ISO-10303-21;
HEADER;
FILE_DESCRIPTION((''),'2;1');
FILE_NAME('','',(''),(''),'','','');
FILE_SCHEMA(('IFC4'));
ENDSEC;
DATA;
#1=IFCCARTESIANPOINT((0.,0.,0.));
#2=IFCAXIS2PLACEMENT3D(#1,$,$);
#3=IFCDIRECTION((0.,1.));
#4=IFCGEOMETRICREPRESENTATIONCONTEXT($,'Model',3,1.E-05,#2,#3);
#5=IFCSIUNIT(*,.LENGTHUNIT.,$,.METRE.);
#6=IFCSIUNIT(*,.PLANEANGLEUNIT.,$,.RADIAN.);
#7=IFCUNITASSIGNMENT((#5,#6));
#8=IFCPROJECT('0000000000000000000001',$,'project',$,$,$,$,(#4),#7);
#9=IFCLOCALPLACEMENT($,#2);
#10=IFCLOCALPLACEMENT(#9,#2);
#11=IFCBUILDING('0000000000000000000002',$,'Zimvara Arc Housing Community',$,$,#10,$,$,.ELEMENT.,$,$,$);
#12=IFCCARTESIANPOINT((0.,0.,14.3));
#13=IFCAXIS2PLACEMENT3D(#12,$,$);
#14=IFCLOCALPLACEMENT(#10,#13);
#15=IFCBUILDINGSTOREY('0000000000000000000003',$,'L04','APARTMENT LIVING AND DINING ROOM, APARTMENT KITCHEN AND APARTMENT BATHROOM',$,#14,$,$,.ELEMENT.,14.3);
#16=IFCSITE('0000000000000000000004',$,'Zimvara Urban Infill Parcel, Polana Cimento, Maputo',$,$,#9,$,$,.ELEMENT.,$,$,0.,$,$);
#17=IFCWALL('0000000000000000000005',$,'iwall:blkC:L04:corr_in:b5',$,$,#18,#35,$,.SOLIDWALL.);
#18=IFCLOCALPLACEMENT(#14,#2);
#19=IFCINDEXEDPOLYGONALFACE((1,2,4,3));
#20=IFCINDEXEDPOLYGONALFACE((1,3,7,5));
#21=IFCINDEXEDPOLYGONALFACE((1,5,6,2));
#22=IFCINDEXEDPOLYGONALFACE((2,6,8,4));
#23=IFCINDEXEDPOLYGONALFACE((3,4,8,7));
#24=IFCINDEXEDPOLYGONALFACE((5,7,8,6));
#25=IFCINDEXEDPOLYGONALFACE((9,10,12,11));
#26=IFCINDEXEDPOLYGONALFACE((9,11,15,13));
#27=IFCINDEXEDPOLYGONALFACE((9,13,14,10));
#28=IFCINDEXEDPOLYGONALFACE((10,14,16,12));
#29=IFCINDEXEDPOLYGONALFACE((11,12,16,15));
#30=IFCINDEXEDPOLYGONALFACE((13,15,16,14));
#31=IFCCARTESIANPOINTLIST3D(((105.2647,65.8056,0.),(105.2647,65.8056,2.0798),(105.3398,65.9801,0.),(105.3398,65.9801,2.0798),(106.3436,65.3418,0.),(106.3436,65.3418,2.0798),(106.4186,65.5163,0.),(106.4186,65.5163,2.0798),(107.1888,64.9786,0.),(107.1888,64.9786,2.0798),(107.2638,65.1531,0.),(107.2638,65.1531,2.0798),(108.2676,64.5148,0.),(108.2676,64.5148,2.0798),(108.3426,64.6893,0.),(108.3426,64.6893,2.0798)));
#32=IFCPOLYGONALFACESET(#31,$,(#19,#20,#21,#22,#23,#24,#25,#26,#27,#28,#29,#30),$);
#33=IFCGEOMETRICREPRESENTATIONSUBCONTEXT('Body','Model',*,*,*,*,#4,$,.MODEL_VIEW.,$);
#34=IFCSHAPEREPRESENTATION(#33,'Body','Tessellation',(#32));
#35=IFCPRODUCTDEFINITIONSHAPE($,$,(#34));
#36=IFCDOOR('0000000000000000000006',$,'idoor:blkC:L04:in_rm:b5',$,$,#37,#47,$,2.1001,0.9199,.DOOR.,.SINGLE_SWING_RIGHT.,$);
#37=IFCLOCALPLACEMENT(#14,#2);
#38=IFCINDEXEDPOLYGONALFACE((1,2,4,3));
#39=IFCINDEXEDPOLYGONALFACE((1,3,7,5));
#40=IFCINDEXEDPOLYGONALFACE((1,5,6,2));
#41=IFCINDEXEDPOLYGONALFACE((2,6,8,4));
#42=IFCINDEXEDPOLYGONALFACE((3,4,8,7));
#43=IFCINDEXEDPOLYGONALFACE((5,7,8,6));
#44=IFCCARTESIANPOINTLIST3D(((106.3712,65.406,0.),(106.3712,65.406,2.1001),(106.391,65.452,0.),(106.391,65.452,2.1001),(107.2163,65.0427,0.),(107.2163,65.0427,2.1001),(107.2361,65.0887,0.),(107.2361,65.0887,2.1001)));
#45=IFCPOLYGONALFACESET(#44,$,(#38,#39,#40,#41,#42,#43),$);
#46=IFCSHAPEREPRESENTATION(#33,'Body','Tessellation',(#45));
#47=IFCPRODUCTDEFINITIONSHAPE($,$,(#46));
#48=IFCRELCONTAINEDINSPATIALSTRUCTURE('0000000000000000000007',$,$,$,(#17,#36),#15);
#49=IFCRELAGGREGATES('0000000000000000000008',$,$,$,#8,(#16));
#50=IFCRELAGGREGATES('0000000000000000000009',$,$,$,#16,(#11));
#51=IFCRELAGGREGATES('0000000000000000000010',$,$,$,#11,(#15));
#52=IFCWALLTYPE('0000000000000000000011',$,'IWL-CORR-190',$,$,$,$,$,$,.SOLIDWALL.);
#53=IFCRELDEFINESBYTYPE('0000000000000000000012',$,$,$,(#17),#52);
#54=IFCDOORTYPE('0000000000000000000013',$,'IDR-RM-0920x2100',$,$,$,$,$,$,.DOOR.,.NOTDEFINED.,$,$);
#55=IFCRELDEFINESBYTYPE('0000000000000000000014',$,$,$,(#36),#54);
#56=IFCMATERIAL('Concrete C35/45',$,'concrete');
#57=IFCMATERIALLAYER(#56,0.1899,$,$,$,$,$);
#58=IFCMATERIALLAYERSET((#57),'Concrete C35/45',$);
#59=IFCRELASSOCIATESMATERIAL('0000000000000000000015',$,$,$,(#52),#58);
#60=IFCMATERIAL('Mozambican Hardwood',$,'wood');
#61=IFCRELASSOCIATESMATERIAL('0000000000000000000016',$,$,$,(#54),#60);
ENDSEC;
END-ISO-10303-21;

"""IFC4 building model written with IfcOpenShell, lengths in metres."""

from ifc_helpers import new_model, si_unit, direction, frame, frame_2d, origin, place, context, subcontext, project, spatial, rectangle, extrude, material, layer, layer_set, type_object, element, fill, save


model = new_model("IFC4")

# Units and contexts
model_context = context("Model", 3, precision=1e-05, world=origin(), true_north=direction((0.0, 1.0)))
body_context = subcontext(model_context, "Body", "Model", "MODEL_VIEW")
ifc_project = project(units=[si_unit("LENGTHUNIT", "METRE"), si_unit("PLANEANGLEUNIT", "RADIAN")], contexts=[model_context])

# Site, building, storey
site_placement = place(None, origin())
site = spatial("IfcSite", under=ifc_project, at=site_placement, Name="Zimvara Urban Infill Parcel, Polana Cimento, Maputo", CompositionType="ELEMENT", RefElevation=0.0)
building_placement = place(site_placement, origin())
building = spatial("IfcBuilding", under=site, at=building_placement, Name="Zimvara Arc Housing Community", CompositionType="ELEMENT")
storey_placement = place(building_placement, frame((0.0, 0.0, 14.3)))
storey = spatial("IfcBuildingStorey", under=building, at=storey_placement, Name="L04", Description="APARTMENT LIVING AND DINING ROOM, APARTMENT KITCHEN AND APARTMENT BATHROOM", CompositionType="ELEMENT", Elevation=14.3)

# Wall, opening, door
ifc_material_1 = material(Name="Concrete C35/45", Category="concrete")
ifc_layer_1 = layer(ifc_material_1, 0.1899)
ifc_layer_set_1 = layer_set([ifc_layer_1], Name="Concrete C35/45")
wall_type_1 = type_object("IfcWallType", Name="IWL-CORR-190", PredefinedType="SOLIDWALL", material=ifc_layer_set_1)
wall_1_placement = place(storey_placement, frame((105.3022, 65.8928, 0.0), z_axis=(0.0, 0.0, 1.0), x_axis=(0.918723, -0.394902, 0.0)))
wall_1 = element("IfcWall", 1, at=wall_1_placement, inside=storey, type_object=wall_type_1, Name="iwall:blkC:L04:corr_in:b5", PredefinedType="SOLIDWALL", context=body_context, shape_type="SweptSolid", body=[
    extrude(rectangle(XDim=3.2686, YDim=0.1899, at=frame_2d((1.6343, 0.0))), origin(), (0.0, 0.0, 1.0), 2.0798),
])
opening_1_placement = place(wall_1_placement, frame((1.1743, 0.0, 0.0)))
opening_1 = element("IfcOpeningElement", 2, at=opening_1_placement, cuts=wall_1, PredefinedType="OPENING", context=body_context, shape_type="SweptSolid", body=[
    extrude(rectangle(XDim=0.9199, YDim=2.1001, at=frame_2d((0.46, 1.05))), frame((0.0, 0.105, 0.0), z_axis=(0.0, -1.0, 0.0), x_axis=(1.0, 0.0, 0.0)), (0.0, 0.0, 1.0), 0.21),
])
ifc_material_2 = material(Name="Mozambican Hardwood", Category="wood")
door_type_1 = type_object("IfcDoorType", Name="IDR-RM-0920x2100", OperationType="NOTDEFINED", PredefinedType="DOOR", material=ifc_material_2)
door_1_placement = place(opening_1_placement, origin())
door_1 = element("IfcDoor", 3, at=door_1_placement, inside=storey, type_object=door_type_1, Name="idoor:blkC:L04:in_rm:b5", OperationType="SINGLE_SWING_RIGHT", OverallHeight=2.1001, OverallWidth=0.9199, PredefinedType="DOOR", context=body_context, shape_type="SweptSolid", body=[
    extrude(rectangle(XDim=0.9199, YDim=2.1001, at=frame_2d((0.46, 1.05))), frame((0.0, 0.0249, 0.0), z_axis=(0.0, -1.0, 0.0), x_axis=(1.0, 0.0, 0.0)), (0.0, 0.0, 1.0), 0.05),
])
fill(opening_1, door_1)

save(model, "model.ifc")
